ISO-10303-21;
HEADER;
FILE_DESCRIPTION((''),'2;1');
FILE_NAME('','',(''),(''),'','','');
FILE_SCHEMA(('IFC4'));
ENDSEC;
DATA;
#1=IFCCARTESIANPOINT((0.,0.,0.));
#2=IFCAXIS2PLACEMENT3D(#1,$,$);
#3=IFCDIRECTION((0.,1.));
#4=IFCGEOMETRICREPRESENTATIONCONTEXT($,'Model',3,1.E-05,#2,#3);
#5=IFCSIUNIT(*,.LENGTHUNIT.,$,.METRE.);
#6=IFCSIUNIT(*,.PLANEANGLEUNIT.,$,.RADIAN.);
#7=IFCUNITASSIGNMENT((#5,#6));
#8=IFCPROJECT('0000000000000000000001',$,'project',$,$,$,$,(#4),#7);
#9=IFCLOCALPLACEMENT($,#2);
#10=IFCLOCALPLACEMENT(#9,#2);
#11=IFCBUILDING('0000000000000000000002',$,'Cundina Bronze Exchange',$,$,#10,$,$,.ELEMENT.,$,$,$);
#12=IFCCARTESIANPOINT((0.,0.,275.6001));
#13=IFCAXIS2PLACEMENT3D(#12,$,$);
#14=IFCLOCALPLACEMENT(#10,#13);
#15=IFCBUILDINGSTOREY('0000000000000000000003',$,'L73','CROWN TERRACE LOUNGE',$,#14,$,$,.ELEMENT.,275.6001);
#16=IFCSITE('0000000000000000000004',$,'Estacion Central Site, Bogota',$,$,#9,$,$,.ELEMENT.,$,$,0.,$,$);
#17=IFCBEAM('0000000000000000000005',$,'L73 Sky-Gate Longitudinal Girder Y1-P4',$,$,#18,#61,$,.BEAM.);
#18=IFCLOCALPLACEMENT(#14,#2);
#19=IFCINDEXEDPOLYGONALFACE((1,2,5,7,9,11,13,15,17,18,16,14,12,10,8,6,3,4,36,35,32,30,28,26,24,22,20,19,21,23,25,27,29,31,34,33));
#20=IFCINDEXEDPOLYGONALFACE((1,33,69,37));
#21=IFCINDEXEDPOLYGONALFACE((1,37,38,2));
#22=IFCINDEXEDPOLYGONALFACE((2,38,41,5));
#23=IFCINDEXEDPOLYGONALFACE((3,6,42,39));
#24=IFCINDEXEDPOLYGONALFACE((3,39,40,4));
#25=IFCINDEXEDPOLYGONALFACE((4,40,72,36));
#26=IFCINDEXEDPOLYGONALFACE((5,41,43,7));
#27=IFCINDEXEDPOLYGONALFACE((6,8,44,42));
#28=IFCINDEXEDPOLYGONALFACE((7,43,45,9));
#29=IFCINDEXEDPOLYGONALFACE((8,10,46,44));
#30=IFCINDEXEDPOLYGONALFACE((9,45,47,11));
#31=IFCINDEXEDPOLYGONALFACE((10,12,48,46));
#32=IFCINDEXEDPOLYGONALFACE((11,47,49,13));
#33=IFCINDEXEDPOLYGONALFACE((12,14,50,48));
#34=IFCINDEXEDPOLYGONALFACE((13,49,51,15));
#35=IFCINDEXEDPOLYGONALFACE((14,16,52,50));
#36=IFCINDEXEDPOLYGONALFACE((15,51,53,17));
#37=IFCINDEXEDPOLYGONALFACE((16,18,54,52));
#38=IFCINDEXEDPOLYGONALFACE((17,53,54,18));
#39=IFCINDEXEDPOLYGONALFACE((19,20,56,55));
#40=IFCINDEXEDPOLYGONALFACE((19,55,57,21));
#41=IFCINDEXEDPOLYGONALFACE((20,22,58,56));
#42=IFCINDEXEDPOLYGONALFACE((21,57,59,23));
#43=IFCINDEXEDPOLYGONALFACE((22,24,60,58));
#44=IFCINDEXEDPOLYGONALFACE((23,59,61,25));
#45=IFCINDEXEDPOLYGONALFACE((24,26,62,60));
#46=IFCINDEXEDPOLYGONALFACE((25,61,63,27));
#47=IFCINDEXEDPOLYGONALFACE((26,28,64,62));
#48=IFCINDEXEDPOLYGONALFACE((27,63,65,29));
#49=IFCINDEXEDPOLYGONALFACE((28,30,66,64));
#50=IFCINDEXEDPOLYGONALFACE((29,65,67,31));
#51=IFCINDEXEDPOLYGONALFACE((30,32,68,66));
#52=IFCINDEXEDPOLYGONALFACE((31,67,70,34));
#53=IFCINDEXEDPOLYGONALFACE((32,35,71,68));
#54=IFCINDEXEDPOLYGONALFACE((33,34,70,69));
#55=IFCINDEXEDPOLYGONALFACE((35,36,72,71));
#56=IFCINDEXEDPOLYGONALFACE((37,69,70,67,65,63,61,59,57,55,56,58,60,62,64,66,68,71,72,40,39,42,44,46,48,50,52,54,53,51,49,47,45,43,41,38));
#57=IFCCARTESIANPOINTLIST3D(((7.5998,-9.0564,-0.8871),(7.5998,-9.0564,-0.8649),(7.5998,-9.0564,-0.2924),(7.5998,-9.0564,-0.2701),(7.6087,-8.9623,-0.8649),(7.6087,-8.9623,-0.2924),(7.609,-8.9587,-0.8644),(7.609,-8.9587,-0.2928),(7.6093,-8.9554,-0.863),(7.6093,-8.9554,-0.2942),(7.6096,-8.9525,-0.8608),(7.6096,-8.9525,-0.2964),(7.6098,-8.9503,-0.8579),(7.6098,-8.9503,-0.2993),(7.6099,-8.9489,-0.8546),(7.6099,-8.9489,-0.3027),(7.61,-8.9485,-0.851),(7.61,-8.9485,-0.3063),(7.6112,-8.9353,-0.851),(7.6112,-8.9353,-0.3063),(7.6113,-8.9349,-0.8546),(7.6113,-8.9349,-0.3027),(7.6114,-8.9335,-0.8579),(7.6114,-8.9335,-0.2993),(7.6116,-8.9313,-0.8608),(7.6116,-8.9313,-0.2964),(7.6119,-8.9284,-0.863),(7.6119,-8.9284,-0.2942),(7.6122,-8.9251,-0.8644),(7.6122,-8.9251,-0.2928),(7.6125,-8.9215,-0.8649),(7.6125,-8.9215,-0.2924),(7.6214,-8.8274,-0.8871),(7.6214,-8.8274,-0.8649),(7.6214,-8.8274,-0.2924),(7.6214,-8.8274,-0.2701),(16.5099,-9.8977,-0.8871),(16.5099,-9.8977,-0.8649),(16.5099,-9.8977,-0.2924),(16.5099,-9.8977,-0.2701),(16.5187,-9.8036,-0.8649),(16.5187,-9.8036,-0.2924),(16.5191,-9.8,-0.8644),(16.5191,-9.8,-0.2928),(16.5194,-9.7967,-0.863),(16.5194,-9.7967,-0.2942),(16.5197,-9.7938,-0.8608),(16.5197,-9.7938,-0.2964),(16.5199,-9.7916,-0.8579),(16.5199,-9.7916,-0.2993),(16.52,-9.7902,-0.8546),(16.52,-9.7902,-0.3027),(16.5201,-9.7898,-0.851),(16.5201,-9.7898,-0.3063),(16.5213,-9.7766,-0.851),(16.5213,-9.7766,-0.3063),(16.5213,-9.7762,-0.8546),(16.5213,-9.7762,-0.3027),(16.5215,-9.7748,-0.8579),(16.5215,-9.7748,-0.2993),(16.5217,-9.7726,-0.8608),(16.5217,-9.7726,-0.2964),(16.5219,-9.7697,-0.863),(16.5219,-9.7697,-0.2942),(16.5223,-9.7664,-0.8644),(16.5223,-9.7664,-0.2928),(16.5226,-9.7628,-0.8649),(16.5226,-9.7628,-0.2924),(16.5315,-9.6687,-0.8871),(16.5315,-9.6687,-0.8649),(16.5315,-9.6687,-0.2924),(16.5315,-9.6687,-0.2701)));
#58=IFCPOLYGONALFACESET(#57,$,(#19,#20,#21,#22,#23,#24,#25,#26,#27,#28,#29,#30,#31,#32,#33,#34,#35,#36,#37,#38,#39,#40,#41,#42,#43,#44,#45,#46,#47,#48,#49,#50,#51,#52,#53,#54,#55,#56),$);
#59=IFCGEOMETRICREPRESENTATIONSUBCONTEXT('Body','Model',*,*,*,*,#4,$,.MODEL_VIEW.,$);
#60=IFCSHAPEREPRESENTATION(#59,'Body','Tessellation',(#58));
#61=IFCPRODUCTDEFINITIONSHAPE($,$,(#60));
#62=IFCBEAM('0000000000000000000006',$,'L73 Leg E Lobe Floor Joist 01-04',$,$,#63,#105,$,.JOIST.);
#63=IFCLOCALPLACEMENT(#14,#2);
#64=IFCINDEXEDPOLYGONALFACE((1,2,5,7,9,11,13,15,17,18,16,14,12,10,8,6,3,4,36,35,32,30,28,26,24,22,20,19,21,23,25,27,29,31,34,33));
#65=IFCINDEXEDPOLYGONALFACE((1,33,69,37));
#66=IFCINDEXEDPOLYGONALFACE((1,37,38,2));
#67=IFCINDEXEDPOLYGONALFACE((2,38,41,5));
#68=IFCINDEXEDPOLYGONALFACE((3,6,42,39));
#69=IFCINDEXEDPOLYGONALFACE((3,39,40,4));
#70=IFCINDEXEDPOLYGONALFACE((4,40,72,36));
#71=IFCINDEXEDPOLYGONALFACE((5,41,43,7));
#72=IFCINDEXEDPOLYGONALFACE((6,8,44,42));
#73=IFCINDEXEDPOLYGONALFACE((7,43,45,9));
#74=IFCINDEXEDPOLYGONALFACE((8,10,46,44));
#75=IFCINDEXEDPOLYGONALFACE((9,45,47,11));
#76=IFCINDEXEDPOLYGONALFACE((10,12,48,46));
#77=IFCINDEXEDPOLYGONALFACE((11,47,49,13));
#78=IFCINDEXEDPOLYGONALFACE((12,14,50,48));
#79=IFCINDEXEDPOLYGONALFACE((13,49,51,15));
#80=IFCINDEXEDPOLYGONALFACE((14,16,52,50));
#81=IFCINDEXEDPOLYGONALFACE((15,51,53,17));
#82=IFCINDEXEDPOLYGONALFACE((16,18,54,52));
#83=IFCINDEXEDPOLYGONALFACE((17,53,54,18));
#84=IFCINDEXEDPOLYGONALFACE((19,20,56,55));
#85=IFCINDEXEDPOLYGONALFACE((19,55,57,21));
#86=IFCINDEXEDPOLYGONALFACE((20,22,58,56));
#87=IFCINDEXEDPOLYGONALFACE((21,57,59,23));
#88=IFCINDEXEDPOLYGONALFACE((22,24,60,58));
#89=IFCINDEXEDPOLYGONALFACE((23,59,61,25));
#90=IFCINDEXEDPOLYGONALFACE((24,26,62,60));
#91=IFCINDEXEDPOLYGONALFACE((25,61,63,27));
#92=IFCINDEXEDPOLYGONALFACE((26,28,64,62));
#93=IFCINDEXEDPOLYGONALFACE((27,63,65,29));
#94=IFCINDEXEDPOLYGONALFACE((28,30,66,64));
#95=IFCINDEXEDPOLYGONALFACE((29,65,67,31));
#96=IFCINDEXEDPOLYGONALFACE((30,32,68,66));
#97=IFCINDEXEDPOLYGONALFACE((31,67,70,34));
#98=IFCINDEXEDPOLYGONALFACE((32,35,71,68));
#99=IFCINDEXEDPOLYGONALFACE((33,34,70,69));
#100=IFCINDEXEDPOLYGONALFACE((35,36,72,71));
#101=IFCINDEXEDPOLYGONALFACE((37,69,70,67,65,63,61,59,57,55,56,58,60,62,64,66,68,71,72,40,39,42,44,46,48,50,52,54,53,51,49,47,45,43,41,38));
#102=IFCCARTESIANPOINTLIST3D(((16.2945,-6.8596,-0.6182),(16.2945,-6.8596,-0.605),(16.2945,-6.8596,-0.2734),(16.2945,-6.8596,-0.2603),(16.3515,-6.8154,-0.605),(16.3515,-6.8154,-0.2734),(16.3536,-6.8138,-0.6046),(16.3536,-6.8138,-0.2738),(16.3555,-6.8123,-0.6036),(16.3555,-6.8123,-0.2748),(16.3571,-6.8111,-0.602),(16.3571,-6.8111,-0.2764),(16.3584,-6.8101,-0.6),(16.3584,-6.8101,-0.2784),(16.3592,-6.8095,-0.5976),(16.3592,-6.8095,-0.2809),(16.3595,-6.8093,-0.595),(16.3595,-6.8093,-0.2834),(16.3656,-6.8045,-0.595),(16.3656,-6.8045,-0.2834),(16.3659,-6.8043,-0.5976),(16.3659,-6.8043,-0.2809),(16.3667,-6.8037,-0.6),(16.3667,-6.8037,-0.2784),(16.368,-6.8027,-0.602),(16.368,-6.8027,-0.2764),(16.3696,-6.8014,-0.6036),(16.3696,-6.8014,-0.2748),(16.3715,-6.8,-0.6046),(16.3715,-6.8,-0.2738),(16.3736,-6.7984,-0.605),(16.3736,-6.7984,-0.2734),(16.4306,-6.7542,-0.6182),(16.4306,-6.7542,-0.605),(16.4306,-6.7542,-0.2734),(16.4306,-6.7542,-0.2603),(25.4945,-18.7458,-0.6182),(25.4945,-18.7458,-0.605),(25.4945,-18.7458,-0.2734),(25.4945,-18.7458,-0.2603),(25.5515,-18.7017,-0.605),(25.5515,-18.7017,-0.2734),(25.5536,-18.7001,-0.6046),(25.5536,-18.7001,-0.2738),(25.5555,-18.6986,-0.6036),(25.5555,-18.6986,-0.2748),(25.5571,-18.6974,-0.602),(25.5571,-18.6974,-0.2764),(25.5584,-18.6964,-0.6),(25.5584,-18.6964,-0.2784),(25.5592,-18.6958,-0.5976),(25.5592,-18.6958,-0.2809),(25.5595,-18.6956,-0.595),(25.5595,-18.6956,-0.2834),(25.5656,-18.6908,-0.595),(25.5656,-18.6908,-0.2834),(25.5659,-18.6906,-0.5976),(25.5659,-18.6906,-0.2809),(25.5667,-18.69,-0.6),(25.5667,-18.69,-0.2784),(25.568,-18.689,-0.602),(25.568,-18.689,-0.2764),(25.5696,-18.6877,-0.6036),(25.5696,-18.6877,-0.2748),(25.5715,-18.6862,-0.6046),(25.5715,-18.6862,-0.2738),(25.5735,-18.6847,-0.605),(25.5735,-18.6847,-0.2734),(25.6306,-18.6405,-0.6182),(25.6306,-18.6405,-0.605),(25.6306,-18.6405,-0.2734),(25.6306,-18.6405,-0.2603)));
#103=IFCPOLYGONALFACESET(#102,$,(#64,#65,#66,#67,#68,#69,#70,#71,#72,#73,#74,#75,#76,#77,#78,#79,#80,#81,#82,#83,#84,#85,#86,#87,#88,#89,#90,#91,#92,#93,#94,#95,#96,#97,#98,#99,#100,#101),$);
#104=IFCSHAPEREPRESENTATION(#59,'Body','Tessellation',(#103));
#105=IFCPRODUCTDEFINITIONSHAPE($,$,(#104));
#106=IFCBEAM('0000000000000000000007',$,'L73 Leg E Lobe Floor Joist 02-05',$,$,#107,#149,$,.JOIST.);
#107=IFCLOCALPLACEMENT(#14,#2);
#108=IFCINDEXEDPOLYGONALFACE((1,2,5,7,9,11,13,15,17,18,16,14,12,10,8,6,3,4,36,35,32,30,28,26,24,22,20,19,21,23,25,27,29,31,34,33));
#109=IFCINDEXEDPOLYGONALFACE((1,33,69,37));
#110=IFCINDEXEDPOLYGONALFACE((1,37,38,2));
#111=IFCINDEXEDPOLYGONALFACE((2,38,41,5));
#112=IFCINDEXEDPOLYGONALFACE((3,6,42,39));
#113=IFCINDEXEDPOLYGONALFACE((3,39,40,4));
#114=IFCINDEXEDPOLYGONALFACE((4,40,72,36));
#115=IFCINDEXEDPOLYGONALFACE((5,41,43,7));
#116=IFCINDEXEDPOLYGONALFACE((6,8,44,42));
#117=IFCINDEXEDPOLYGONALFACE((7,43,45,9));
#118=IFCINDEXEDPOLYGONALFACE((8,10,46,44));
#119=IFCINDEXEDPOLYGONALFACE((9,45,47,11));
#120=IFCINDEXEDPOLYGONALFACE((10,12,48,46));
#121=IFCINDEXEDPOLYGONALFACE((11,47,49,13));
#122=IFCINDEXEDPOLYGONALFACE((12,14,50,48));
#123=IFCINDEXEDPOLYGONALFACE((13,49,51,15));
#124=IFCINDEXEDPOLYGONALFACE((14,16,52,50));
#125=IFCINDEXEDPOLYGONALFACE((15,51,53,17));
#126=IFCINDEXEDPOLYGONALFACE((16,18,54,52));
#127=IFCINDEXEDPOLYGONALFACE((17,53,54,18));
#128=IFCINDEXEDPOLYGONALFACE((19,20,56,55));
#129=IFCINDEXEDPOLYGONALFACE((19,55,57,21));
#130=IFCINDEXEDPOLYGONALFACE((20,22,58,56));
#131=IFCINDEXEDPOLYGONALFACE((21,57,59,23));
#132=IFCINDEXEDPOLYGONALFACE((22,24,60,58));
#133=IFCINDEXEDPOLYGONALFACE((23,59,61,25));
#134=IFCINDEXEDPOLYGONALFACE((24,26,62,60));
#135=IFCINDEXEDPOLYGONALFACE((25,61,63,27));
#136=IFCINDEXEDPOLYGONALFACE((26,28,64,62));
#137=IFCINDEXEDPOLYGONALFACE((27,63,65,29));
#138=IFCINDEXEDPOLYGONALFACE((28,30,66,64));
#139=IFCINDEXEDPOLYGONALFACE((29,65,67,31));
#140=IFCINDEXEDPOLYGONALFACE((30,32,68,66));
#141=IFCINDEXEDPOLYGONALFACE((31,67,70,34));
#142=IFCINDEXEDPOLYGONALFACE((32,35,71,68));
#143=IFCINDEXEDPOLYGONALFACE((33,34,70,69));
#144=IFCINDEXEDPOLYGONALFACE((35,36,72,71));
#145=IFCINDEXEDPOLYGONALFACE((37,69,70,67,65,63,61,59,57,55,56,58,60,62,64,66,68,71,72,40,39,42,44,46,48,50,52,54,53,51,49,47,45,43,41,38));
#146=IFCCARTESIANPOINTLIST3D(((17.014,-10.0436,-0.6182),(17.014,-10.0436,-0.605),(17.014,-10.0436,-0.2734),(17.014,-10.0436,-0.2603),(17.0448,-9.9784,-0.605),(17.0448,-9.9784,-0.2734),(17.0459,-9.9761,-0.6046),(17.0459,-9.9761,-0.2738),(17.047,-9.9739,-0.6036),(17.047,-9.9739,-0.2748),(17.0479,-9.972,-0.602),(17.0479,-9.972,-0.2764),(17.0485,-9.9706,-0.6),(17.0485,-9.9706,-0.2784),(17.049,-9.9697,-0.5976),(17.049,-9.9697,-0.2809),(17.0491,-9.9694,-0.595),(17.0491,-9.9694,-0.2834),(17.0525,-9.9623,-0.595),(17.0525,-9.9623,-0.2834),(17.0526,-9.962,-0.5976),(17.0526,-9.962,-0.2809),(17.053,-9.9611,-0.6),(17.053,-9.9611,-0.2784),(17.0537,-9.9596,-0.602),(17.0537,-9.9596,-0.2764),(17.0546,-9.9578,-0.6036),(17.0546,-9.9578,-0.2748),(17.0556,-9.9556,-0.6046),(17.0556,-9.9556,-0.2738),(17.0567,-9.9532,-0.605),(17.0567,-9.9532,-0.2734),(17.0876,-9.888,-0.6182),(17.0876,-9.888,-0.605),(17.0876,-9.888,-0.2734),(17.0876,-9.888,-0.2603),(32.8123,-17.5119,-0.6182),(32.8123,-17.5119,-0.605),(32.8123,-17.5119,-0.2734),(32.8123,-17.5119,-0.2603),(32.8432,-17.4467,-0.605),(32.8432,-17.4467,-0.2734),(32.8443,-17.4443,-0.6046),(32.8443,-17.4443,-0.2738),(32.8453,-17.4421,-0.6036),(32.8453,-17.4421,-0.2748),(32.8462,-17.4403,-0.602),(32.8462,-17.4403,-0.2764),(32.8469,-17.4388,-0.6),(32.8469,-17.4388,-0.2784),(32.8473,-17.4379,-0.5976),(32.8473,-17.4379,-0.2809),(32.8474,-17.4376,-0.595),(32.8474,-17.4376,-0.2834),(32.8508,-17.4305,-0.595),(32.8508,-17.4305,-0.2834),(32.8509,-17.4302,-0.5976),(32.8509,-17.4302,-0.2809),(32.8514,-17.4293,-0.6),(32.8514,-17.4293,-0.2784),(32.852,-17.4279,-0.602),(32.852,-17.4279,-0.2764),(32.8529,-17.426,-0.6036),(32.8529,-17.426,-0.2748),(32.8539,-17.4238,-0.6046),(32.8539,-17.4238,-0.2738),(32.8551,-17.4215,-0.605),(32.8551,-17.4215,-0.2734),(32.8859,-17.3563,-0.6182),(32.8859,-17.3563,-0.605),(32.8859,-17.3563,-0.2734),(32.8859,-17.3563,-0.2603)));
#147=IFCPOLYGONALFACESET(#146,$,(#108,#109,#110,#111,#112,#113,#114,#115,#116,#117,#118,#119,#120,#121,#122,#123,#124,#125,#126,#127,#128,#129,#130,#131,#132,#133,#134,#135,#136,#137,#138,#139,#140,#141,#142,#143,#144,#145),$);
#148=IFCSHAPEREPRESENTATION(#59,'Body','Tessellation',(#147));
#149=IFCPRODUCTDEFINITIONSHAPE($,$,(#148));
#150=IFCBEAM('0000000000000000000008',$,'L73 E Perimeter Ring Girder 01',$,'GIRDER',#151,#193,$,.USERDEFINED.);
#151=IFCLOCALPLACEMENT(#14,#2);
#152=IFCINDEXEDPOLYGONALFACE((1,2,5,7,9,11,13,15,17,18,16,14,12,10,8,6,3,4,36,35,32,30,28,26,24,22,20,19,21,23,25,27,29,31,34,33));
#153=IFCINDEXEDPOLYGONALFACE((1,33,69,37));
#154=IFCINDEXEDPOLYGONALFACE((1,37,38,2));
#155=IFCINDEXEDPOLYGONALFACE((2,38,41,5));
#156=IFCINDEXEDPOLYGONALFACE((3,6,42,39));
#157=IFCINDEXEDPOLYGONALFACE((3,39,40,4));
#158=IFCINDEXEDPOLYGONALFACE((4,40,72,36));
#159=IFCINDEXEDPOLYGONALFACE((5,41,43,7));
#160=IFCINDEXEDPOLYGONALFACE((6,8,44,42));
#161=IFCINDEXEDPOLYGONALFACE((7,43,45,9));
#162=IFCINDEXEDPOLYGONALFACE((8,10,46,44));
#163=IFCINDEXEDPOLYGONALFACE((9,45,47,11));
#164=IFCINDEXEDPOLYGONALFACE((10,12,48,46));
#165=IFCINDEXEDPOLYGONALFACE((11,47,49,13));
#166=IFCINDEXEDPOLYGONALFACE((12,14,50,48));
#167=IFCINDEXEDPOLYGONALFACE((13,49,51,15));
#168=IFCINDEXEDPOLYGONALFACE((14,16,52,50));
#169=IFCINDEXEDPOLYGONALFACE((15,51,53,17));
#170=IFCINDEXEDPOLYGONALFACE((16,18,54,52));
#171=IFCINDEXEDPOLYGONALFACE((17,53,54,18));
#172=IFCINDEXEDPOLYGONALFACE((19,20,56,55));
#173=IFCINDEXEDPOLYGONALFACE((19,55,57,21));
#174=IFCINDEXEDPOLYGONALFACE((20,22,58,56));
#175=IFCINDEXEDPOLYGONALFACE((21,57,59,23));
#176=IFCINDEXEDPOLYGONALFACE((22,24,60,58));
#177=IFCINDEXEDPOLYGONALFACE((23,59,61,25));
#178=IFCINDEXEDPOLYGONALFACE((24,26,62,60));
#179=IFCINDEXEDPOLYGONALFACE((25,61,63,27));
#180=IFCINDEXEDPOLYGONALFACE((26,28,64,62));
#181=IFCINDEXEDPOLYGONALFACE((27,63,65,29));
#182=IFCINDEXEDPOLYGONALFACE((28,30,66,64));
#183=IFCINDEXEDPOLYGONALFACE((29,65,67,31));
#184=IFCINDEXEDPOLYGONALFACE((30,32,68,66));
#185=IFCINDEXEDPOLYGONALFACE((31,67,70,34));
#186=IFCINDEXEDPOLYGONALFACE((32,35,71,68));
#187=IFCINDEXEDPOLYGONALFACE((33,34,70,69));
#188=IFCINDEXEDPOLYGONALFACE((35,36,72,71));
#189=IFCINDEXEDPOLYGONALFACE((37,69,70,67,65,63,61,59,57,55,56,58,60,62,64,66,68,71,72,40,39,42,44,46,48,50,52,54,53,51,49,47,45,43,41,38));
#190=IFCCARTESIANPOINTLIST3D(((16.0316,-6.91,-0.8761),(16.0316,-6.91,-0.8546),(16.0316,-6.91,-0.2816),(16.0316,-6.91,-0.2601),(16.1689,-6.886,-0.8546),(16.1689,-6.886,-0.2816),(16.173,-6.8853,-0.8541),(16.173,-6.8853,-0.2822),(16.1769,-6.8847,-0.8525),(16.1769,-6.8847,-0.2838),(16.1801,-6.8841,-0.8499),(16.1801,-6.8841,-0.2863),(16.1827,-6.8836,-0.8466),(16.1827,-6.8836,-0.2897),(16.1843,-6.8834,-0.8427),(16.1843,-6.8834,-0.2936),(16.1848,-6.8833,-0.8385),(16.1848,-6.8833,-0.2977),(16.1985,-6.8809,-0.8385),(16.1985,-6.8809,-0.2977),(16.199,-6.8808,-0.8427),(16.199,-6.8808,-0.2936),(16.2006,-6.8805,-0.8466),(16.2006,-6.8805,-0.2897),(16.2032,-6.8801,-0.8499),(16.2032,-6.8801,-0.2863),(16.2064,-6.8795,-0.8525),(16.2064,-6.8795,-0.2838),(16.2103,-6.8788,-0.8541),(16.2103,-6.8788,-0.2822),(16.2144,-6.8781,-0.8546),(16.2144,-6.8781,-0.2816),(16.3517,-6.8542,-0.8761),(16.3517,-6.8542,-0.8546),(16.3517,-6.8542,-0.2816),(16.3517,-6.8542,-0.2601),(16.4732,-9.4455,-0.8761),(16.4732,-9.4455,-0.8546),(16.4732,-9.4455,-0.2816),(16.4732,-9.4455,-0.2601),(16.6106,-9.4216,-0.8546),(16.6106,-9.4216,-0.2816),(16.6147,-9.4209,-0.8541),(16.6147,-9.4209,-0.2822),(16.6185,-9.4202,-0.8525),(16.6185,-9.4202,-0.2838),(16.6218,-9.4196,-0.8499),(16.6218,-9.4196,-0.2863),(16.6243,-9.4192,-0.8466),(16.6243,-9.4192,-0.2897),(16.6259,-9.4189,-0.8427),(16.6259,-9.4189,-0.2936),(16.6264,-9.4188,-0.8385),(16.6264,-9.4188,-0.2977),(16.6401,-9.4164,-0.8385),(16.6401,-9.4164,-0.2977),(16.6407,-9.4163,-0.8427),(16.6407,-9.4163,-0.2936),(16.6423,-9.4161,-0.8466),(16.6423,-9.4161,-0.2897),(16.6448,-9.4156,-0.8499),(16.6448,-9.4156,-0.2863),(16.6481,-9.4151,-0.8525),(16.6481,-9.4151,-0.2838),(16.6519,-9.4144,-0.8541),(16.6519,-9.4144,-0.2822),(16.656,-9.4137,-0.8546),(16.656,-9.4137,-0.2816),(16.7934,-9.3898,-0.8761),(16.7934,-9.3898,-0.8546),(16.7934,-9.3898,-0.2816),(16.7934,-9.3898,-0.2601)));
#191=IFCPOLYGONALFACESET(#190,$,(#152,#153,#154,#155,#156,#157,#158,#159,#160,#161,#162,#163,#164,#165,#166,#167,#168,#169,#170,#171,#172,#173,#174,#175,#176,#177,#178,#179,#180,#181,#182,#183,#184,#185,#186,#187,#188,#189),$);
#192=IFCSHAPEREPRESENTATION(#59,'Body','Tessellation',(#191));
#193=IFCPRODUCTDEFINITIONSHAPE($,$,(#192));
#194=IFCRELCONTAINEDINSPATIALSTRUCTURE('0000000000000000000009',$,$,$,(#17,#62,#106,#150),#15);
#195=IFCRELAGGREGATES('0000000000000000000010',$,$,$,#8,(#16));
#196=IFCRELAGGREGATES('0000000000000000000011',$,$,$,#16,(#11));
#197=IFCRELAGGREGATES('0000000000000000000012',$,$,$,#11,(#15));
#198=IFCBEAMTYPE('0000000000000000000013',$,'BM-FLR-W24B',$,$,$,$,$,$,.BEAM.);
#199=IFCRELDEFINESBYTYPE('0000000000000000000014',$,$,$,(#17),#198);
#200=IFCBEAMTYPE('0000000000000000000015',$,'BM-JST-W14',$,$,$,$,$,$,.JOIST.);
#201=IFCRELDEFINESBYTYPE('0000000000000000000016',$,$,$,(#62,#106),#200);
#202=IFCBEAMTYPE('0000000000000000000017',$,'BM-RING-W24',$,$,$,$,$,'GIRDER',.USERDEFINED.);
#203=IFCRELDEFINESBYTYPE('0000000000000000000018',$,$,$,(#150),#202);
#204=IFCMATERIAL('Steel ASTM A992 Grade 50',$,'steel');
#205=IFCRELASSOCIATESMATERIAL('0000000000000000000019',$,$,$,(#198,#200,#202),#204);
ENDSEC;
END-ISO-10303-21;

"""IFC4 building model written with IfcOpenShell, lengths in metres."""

from ifc_helpers import new_model, si_unit, direction, frame, origin, origin_2d, place, context, subcontext, project, spatial, i_section, extrude, material, material_profile, profile_set, type_object, element, save


model = new_model("IFC4")

# Units and contexts
model_context = context("Model", 3, precision=1e-05, world=origin(), true_north=direction((0.0, 1.0)))
body_context = subcontext(model_context, "Body", "Model", "MODEL_VIEW")
ifc_project = project(units=[si_unit("LENGTHUNIT", "METRE"), si_unit("PLANEANGLEUNIT", "RADIAN")], contexts=[model_context])

# Site, building, storey
site_placement = place(None, origin())
site = spatial("IfcSite", under=ifc_project, at=site_placement, Name="Estacion Central Site, Bogota", CompositionType="ELEMENT", RefElevation=0.0)
building_placement = place(site_placement, origin())
building = spatial("IfcBuilding", under=site, at=building_placement, Name="Cundina Bronze Exchange", CompositionType="ELEMENT")
storey_placement = place(building_placement, frame((0.0, 0.0, 275.6001)))
storey = spatial("IfcBuildingStorey", under=building, at=storey_placement, Name="L73", Description="CROWN TERRACE LOUNGE", CompositionType="ELEMENT", Elevation=275.6001)

# Beams
ifc_material_1 = material(Name="Steel ASTM A992 Grade 50", Category="steel")
ifc_material_profile_1 = material_profile(ifc_material_1, i_section(OverallWidth=0.23, OverallDepth=0.6169, WebThickness=0.0132, FlangeThickness=0.0222, FilletRadius=0.0139, at=origin_2d()), Name="W24X94", Category="steel")
ifc_profile_set_1 = profile_set([ifc_material_profile_1], Name="Steel ASTM A992 Grade 50")
beam_type_1 = type_object("IfcBeamType", Name="BM-FLR-W24B", PredefinedType="BEAM", material=ifc_profile_set_1)
beam_1_placement = place(storey_placement, frame((7.6106, -8.9419, -0.5786), z_axis=(0.995572, -0.094003, 0.0), x_axis=(0.094003, 0.995572, 0.0)))
element("IfcBeam", 1, at=beam_1_placement, inside=storey, type_object=beam_type_1, Name="L73 Sky-Gate Longitudinal Girder Y1-P4", PredefinedType="BEAM", context=body_context, shape_type="SweptSolid", body=[
    extrude(i_section(OverallWidth=0.23, OverallDepth=0.6169, WebThickness=0.0132, FlangeThickness=0.0222, FilletRadius=0.0139, at=origin_2d()), origin(), (0.0, 0.0, 1.0), 8.9497),
])
ifc_material_profile_2 = material_profile(ifc_material_1, i_section(OverallWidth=0.1721, OverallDepth=0.3579, WebThickness=0.0078, FlangeThickness=0.0132, FilletRadius=0.01, at=origin_2d()), Name="W14X38", Category="steel")
ifc_profile_set_2 = profile_set([ifc_material_profile_2], Name="Steel ASTM A992 Grade 50")
beam_type_2 = type_object("IfcBeamType", Name="BM-JST-W14", PredefinedType="JOIST", material=ifc_profile_set_2)
beam_2_placement = place(storey_placement, frame((16.3625, -6.8069, -0.4392), z_axis=(0.612078, -0.790798, 0.0), x_axis=(0.790798, 0.612078, 0.0)))
element("IfcBeam", 2, at=beam_2_placement, inside=storey, type_object=beam_type_2, Name="L73 Leg E Lobe Floor Joist 01-04", PredefinedType="JOIST", context=body_context, shape_type="SweptSolid", body=[
    extrude(i_section(OverallWidth=0.1721, OverallDepth=0.3579, WebThickness=0.0078, FlangeThickness=0.0132, FilletRadius=0.01, at=origin_2d()), origin(), (0.0, 0.0, 1.0), 15.0308),
])
beam_3_placement = place(storey_placement, frame((17.0508, -9.9658, -0.4392), z_axis=(0.904073, -0.427378, 0.0), x_axis=(0.427378, 0.904073, 0.0)))
element("IfcBeam", 3, at=beam_3_placement, inside=storey, type_object=beam_type_2, Name="L73 Leg E Lobe Floor Joist 02-05", PredefinedType="JOIST", context=body_context, shape_type="SweptSolid", body=[
    extrude(i_section(OverallWidth=0.1721, OverallDepth=0.3579, WebThickness=0.0078, FlangeThickness=0.0132, FilletRadius=0.01, at=origin_2d()), origin(), (0.0, 0.0, 1.0), 17.4746),
])
ifc_material_profile_3 = material_profile(ifc_material_1, i_section(OverallWidth=0.325, OverallDepth=0.616, WebThickness=0.0139, FlangeThickness=0.0215, FilletRadius=0.0161, at=origin_2d()), Name="W24X117", Category="steel")
ifc_profile_set_3 = profile_set([ifc_material_profile_3], Name="Steel ASTM A992 Grade 50")
beam_type_3 = type_object("IfcBeamType", Name="BM-RING-W24", ElementType="GIRDER", PredefinedType="USERDEFINED", material=ifc_profile_set_3)
beam_4_placement = place(storey_placement, frame((16.1917, -6.8821, -0.5681), z_axis=(0.171593, -0.985168, 0.0), x_axis=(0.985168, 0.171593, 0.0)))
element("IfcBeam", 4, at=beam_4_placement, inside=storey, type_object=beam_type_3, Name="L73 E Perimeter Ring Girder 01", ObjectType="GIRDER", PredefinedType="USERDEFINED", context=body_context, shape_type="SweptSolid", body=[
    extrude(i_section(OverallWidth=0.325, OverallDepth=0.616, WebThickness=0.0139, FlangeThickness=0.0215, FilletRadius=0.0161, at=origin_2d()), origin(), (0.0, 0.0, 1.0), 2.5737),
])

save(model, "model.ifc")
